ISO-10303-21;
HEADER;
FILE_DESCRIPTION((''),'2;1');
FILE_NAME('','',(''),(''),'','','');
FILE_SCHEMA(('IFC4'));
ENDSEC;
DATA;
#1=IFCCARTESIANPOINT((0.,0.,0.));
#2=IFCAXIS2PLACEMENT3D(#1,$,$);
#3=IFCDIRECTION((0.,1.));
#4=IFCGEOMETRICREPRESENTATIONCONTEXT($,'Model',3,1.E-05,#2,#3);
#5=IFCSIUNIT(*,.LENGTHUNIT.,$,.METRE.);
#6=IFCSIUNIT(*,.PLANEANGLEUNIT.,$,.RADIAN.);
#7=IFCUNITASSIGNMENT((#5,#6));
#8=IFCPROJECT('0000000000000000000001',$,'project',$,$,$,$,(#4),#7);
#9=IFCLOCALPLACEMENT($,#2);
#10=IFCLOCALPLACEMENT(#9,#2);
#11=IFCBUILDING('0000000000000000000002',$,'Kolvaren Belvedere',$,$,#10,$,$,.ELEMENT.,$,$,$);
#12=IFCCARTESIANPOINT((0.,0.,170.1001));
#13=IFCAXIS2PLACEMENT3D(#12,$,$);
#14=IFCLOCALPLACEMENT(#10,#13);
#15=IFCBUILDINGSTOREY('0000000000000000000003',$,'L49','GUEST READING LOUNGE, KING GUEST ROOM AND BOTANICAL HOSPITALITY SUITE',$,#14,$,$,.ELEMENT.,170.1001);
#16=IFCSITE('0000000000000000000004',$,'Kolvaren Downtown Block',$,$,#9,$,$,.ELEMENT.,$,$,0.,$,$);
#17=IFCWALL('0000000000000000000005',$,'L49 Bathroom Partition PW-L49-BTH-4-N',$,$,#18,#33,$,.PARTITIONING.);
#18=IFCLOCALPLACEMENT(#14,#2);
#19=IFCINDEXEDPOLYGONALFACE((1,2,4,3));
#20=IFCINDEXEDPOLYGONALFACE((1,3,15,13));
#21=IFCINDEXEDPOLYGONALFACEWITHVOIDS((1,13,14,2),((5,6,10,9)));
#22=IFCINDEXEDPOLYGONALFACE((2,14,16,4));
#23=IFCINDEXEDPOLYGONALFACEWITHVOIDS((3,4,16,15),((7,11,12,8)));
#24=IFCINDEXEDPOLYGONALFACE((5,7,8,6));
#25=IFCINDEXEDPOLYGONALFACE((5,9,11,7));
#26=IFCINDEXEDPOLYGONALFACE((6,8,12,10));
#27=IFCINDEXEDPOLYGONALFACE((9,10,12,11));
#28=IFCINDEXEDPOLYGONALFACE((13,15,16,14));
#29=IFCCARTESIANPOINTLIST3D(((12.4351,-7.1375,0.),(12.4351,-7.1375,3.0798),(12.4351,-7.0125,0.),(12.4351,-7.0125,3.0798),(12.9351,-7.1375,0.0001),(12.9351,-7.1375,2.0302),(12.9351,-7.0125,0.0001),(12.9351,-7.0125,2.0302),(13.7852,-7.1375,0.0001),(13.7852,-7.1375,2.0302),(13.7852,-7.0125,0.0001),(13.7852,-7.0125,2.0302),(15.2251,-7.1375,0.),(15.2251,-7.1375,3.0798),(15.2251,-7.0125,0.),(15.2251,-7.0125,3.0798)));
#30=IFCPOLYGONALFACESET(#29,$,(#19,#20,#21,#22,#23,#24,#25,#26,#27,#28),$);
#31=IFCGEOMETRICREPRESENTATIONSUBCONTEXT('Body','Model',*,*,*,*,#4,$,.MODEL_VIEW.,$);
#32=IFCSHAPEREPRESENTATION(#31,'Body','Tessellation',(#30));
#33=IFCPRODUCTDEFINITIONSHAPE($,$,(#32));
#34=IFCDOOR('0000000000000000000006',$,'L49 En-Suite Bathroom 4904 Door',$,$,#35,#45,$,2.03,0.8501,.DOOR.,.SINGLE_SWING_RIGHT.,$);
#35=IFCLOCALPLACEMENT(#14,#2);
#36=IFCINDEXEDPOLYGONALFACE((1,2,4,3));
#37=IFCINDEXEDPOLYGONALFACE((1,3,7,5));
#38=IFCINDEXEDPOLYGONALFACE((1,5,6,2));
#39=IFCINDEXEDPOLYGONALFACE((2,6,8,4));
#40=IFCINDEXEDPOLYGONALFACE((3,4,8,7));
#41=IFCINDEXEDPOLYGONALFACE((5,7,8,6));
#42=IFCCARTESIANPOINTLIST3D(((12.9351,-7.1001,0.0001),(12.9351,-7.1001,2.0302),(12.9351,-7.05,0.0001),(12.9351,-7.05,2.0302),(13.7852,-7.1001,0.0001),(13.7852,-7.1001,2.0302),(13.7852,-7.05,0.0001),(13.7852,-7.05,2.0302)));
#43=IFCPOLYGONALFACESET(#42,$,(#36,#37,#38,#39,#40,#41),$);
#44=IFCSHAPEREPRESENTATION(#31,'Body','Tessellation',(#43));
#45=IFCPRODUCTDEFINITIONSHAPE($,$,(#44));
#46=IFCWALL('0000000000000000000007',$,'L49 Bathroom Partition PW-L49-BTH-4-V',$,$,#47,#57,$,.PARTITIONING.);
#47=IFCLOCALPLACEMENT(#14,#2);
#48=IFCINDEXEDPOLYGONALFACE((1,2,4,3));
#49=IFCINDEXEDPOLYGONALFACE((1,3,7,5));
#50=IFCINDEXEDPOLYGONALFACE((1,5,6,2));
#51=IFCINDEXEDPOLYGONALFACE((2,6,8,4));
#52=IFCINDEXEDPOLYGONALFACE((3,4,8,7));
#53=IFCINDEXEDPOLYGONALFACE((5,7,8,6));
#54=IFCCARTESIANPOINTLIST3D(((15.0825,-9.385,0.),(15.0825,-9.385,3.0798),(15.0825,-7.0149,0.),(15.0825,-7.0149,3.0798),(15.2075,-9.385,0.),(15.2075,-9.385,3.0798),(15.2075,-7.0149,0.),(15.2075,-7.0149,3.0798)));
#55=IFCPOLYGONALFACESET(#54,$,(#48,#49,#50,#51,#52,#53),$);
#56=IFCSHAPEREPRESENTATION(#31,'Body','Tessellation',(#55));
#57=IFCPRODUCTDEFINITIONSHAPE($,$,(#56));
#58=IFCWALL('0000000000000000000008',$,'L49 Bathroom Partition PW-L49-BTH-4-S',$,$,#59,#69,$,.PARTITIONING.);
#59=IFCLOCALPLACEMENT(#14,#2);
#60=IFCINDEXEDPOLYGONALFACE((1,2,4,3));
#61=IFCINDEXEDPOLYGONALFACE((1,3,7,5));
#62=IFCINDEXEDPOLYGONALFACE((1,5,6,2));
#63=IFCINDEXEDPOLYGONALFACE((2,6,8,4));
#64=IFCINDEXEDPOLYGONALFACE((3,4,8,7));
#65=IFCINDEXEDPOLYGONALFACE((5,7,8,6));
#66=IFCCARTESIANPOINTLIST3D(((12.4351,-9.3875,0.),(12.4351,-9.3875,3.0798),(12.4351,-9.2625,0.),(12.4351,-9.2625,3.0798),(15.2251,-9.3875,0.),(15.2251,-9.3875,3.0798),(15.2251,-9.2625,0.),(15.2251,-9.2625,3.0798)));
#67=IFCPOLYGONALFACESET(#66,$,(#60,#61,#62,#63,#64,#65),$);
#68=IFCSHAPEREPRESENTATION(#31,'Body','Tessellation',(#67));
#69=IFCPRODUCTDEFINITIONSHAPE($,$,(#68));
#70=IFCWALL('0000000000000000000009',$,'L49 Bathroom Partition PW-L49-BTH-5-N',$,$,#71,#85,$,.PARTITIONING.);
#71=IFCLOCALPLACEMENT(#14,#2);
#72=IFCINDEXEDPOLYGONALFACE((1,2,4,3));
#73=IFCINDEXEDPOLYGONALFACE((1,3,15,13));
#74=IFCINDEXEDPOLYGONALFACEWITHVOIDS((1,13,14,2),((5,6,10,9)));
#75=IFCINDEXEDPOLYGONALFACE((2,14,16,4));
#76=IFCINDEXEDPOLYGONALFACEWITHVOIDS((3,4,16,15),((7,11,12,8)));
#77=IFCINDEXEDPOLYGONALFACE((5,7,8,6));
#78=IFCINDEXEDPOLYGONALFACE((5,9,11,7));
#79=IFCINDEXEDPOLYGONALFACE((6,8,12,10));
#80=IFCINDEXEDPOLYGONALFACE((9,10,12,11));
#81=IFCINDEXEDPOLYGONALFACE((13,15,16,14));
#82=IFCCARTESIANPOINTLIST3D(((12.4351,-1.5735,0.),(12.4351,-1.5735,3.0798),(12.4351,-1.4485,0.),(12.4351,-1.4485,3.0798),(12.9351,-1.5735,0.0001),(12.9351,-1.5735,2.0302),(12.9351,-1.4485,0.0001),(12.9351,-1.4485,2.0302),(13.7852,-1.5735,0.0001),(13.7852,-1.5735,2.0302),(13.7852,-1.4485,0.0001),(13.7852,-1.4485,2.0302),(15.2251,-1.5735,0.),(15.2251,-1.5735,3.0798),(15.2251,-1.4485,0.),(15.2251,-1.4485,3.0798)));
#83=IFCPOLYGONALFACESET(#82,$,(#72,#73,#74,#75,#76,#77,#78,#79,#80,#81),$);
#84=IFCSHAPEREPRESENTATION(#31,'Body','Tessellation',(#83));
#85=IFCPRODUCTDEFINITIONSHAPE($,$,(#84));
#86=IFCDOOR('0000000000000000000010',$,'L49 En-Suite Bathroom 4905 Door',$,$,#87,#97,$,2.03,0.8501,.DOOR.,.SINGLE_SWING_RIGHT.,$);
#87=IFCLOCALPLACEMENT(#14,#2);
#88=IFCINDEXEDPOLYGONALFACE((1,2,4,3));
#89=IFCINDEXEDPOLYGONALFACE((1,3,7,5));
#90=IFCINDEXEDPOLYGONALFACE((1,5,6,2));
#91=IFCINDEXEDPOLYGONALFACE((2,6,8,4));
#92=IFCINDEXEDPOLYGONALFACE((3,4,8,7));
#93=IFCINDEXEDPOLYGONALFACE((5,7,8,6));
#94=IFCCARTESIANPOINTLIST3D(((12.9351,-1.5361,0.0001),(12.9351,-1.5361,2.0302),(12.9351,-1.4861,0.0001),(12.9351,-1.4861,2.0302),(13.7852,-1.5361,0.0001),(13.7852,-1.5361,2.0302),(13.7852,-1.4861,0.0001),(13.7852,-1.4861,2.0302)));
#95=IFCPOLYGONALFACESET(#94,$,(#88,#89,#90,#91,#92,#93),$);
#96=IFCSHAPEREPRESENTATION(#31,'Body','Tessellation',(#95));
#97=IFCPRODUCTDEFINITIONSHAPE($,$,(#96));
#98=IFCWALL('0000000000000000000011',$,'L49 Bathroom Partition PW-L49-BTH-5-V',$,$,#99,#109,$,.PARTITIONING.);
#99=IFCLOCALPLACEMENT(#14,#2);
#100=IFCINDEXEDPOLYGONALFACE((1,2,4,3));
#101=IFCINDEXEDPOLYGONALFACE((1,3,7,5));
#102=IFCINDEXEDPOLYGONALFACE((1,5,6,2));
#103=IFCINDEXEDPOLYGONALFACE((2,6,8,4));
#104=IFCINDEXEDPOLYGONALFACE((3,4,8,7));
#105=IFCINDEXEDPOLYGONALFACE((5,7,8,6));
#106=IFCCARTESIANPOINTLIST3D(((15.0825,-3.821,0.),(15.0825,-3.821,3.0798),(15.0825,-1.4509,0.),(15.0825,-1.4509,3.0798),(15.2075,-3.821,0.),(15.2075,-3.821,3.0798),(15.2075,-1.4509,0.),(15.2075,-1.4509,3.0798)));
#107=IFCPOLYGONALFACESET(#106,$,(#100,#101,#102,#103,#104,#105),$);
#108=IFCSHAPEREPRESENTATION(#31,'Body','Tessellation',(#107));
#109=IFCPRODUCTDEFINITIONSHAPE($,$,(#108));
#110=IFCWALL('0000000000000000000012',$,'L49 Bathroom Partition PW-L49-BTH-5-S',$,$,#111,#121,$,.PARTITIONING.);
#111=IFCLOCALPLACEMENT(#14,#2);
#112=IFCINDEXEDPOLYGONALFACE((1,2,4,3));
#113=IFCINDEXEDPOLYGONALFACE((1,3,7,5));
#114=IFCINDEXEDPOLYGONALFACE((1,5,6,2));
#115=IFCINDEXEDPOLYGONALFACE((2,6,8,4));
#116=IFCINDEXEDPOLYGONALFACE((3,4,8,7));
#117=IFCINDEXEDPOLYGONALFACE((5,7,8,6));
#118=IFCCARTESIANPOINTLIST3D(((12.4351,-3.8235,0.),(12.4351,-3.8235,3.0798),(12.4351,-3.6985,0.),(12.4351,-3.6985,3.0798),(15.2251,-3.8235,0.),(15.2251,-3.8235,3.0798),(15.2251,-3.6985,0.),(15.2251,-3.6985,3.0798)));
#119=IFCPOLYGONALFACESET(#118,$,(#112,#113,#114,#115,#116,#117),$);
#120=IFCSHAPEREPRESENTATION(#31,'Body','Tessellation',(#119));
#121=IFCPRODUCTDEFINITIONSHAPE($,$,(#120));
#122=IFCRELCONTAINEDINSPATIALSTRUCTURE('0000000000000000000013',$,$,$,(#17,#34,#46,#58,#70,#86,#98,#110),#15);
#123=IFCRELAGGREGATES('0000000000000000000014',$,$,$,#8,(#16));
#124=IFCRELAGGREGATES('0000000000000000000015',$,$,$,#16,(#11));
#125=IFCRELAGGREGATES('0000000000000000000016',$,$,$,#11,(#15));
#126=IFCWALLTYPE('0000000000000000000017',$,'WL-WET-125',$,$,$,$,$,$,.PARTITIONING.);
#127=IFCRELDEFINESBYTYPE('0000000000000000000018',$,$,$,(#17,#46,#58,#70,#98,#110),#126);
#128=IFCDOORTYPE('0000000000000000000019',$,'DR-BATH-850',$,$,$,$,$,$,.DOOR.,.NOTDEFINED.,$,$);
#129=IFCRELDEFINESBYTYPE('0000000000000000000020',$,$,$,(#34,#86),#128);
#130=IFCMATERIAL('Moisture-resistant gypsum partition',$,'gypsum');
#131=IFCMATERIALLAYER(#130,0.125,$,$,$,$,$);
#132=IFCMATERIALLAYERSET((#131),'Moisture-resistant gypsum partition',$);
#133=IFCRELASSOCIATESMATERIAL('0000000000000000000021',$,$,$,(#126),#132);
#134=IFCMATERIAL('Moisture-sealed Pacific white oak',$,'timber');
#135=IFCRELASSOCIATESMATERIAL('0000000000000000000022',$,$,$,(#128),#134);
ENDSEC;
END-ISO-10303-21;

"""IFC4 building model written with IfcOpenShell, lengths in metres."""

from ifc_helpers import new_model, si_unit, direction, frame, frame_2d, origin, place, context, subcontext, project, spatial, rectangle, extrude, material, layer, layer_set, type_object, element, fill, save


model = new_model("IFC4")

# Units and contexts
model_context = context("Model", 3, precision=1e-05, world=origin(), true_north=direction((0.0, 1.0)))
body_context = subcontext(model_context, "Body", "Model", "MODEL_VIEW")
ifc_project = project(units=[si_unit("LENGTHUNIT", "METRE"), si_unit("PLANEANGLEUNIT", "RADIAN")], contexts=[model_context])

# Site, building, storey
site_placement = place(None, origin())
site = spatial("IfcSite", under=ifc_project, at=site_placement, Name="Kolvaren Downtown Block", CompositionType="ELEMENT", RefElevation=0.0)
building_placement = place(site_placement, origin())
building = spatial("IfcBuilding", under=site, at=building_placement, Name="Kolvaren Belvedere", CompositionType="ELEMENT")
storey_placement = place(building_placement, frame((0.0, 0.0, 170.1001)))
storey = spatial("IfcBuildingStorey", under=building, at=storey_placement, Name="L49", Description="GUEST READING LOUNGE, KING GUEST ROOM AND BOTANICAL HOSPITALITY SUITE", CompositionType="ELEMENT", Elevation=170.1001)

# Wall, opening, door
ifc_material_1 = material(Name="Moisture-resistant gypsum partition", Category="gypsum")
ifc_layer_1 = layer(ifc_material_1, 0.125)
ifc_layer_set_1 = layer_set([ifc_layer_1], Name="Moisture-resistant gypsum partition")
wall_type_1 = type_object("IfcWallType", Name="WL-WET-125", PredefinedType="PARTITIONING", material=ifc_layer_set_1)
wall_1_placement = place(storey_placement, frame((12.4351, -7.075, 0.0), z_axis=(0.0, 0.0, 1.0), x_axis=(1.0, 0.0, 0.0)))
wall_1 = element("IfcWall", 1, at=wall_1_placement, inside=storey, type_object=wall_type_1, Name="L49 Bathroom Partition PW-L49-BTH-4-N", PredefinedType="PARTITIONING", context=body_context, shape_type="SweptSolid", body=[
    extrude(rectangle(XDim=2.79, YDim=0.125, at=frame_2d((1.395, 0.0))), origin(), (0.0, 0.0, 1.0), 3.0798),
])
opening_1_placement = place(wall_1_placement, frame((0.5, 0.0, 0.0)))
opening_1 = element("IfcOpeningElement", 2, at=opening_1_placement, cuts=wall_1, PredefinedType="OPENING", context=body_context, shape_type="SweptSolid", body=[
    extrude(rectangle(XDim=0.8501, YDim=2.03, at=frame_2d((0.425, 1.0151))), frame((0.0, 0.0725, 0.0), z_axis=(0.0, -1.0, 0.0), x_axis=(1.0, 0.0, 0.0)), (0.0, 0.0, 1.0), 0.145),
])
ifc_material_2 = material(Name="Moisture-sealed Pacific white oak", Category="timber")
door_type_1 = type_object("IfcDoorType", Name="DR-BATH-850", OperationType="NOTDEFINED", PredefinedType="DOOR", material=ifc_material_2)
door_1_placement = place(opening_1_placement, origin())
door_1 = element("IfcDoor", 3, at=door_1_placement, inside=storey, type_object=door_type_1, Name="L49 En-Suite Bathroom 4904 Door", OperationType="SINGLE_SWING_RIGHT", OverallHeight=2.03, OverallWidth=0.8501, PredefinedType="DOOR", context=body_context, shape_type="SweptSolid", body=[
    extrude(rectangle(XDim=0.8501, YDim=2.03, at=frame_2d((0.425, 1.0151))), frame((0.0, 0.0249, 0.0), z_axis=(0.0, -1.0, 0.0), x_axis=(1.0, 0.0, 0.0)), (0.0, 0.0, 1.0), 0.05),
])
fill(opening_1, door_1)

# Walls
wall_2_placement = place(storey_placement, frame((15.145, -9.385, 0.0), z_axis=(0.0, 0.0, 1.0), x_axis=(0.0, 1.0, 0.0)))
element("IfcWall", 4, at=wall_2_placement, inside=storey, type_object=wall_type_1, Name="L49 Bathroom Partition PW-L49-BTH-4-V", PredefinedType="PARTITIONING", context=body_context, shape_type="SweptSolid", body=[
    extrude(rectangle(XDim=2.3701, YDim=0.125, at=frame_2d((1.1851, 0.0))), origin(), (0.0, 0.0, 1.0), 3.0798),
])
wall_3_placement = place(storey_placement, frame((12.4351, -9.325, 0.0), z_axis=(0.0, 0.0, 1.0), x_axis=(1.0, 0.0, 0.0)))
element("IfcWall", 5, at=wall_3_placement, inside=storey, type_object=wall_type_1, Name="L49 Bathroom Partition PW-L49-BTH-4-S", PredefinedType="PARTITIONING", context=body_context, shape_type="SweptSolid", body=[
    extrude(rectangle(XDim=2.79, YDim=0.125, at=frame_2d((1.395, 0.0))), origin(), (0.0, 0.0, 1.0), 3.0798),
])

# Wall, opening, door
wall_4_placement = place(storey_placement, frame((12.4351, -1.511, 0.0), z_axis=(0.0, 0.0, 1.0), x_axis=(1.0, 0.0, 0.0)))
wall_4 = element("IfcWall", 6, at=wall_4_placement, inside=storey, type_object=wall_type_1, Name="L49 Bathroom Partition PW-L49-BTH-5-N", PredefinedType="PARTITIONING", context=body_context, shape_type="SweptSolid", body=[
    extrude(rectangle(XDim=2.79, YDim=0.125, at=frame_2d((1.395, 0.0))), origin(), (0.0, 0.0, 1.0), 3.0798),
])
opening_2_placement = place(wall_4_placement, frame((0.5, 0.0, 0.0)))
opening_2 = element("IfcOpeningElement", 7, at=opening_2_placement, cuts=wall_4, PredefinedType="OPENING", context=body_context, shape_type="SweptSolid", body=[
    extrude(rectangle(XDim=0.8501, YDim=2.03, at=frame_2d((0.425, 1.0151))), frame((0.0, 0.0725, 0.0), z_axis=(0.0, -1.0, 0.0), x_axis=(1.0, 0.0, 0.0)), (0.0, 0.0, 1.0), 0.145),
])
door_2_placement = place(opening_2_placement, origin())
door_2 = element("IfcDoor", 8, at=door_2_placement, inside=storey, type_object=door_type_1, Name="L49 En-Suite Bathroom 4905 Door", OperationType="SINGLE_SWING_RIGHT", OverallHeight=2.03, OverallWidth=0.8501, PredefinedType="DOOR", context=body_context, shape_type="SweptSolid", body=[
    extrude(rectangle(XDim=0.8501, YDim=2.03, at=frame_2d((0.425, 1.0151))), frame((0.0, 0.0249, 0.0), z_axis=(0.0, -1.0, 0.0), x_axis=(1.0, 0.0, 0.0)), (0.0, 0.0, 1.0), 0.05),
])
fill(opening_2, door_2)

# Walls
wall_5_placement = place(storey_placement, frame((15.145, -3.821, 0.0), z_axis=(0.0, 0.0, 1.0), x_axis=(0.0, 1.0, 0.0)))
element("IfcWall", 9, at=wall_5_placement, inside=storey, type_object=wall_type_1, Name="L49 Bathroom Partition PW-L49-BTH-5-V", PredefinedType="PARTITIONING", context=body_context, shape_type="SweptSolid", body=[
    extrude(rectangle(XDim=2.3701, YDim=0.125, at=frame_2d((1.1851, 0.0))), origin(), (0.0, 0.0, 1.0), 3.0798),
])
wall_6_placement = place(storey_placement, frame((12.4351, -3.761, 0.0), z_axis=(0.0, 0.0, 1.0), x_axis=(1.0, 0.0, 0.0)))
element("IfcWall", 10, at=wall_6_placement, inside=storey, type_object=wall_type_1, Name="L49 Bathroom Partition PW-L49-BTH-5-S", PredefinedType="PARTITIONING", context=body_context, shape_type="SweptSolid", body=[
    extrude(rectangle(XDim=2.79, YDim=0.125, at=frame_2d((1.395, 0.0))), origin(), (0.0, 0.0, 1.0), 3.0798),
])

save(model, "model.ifc")
